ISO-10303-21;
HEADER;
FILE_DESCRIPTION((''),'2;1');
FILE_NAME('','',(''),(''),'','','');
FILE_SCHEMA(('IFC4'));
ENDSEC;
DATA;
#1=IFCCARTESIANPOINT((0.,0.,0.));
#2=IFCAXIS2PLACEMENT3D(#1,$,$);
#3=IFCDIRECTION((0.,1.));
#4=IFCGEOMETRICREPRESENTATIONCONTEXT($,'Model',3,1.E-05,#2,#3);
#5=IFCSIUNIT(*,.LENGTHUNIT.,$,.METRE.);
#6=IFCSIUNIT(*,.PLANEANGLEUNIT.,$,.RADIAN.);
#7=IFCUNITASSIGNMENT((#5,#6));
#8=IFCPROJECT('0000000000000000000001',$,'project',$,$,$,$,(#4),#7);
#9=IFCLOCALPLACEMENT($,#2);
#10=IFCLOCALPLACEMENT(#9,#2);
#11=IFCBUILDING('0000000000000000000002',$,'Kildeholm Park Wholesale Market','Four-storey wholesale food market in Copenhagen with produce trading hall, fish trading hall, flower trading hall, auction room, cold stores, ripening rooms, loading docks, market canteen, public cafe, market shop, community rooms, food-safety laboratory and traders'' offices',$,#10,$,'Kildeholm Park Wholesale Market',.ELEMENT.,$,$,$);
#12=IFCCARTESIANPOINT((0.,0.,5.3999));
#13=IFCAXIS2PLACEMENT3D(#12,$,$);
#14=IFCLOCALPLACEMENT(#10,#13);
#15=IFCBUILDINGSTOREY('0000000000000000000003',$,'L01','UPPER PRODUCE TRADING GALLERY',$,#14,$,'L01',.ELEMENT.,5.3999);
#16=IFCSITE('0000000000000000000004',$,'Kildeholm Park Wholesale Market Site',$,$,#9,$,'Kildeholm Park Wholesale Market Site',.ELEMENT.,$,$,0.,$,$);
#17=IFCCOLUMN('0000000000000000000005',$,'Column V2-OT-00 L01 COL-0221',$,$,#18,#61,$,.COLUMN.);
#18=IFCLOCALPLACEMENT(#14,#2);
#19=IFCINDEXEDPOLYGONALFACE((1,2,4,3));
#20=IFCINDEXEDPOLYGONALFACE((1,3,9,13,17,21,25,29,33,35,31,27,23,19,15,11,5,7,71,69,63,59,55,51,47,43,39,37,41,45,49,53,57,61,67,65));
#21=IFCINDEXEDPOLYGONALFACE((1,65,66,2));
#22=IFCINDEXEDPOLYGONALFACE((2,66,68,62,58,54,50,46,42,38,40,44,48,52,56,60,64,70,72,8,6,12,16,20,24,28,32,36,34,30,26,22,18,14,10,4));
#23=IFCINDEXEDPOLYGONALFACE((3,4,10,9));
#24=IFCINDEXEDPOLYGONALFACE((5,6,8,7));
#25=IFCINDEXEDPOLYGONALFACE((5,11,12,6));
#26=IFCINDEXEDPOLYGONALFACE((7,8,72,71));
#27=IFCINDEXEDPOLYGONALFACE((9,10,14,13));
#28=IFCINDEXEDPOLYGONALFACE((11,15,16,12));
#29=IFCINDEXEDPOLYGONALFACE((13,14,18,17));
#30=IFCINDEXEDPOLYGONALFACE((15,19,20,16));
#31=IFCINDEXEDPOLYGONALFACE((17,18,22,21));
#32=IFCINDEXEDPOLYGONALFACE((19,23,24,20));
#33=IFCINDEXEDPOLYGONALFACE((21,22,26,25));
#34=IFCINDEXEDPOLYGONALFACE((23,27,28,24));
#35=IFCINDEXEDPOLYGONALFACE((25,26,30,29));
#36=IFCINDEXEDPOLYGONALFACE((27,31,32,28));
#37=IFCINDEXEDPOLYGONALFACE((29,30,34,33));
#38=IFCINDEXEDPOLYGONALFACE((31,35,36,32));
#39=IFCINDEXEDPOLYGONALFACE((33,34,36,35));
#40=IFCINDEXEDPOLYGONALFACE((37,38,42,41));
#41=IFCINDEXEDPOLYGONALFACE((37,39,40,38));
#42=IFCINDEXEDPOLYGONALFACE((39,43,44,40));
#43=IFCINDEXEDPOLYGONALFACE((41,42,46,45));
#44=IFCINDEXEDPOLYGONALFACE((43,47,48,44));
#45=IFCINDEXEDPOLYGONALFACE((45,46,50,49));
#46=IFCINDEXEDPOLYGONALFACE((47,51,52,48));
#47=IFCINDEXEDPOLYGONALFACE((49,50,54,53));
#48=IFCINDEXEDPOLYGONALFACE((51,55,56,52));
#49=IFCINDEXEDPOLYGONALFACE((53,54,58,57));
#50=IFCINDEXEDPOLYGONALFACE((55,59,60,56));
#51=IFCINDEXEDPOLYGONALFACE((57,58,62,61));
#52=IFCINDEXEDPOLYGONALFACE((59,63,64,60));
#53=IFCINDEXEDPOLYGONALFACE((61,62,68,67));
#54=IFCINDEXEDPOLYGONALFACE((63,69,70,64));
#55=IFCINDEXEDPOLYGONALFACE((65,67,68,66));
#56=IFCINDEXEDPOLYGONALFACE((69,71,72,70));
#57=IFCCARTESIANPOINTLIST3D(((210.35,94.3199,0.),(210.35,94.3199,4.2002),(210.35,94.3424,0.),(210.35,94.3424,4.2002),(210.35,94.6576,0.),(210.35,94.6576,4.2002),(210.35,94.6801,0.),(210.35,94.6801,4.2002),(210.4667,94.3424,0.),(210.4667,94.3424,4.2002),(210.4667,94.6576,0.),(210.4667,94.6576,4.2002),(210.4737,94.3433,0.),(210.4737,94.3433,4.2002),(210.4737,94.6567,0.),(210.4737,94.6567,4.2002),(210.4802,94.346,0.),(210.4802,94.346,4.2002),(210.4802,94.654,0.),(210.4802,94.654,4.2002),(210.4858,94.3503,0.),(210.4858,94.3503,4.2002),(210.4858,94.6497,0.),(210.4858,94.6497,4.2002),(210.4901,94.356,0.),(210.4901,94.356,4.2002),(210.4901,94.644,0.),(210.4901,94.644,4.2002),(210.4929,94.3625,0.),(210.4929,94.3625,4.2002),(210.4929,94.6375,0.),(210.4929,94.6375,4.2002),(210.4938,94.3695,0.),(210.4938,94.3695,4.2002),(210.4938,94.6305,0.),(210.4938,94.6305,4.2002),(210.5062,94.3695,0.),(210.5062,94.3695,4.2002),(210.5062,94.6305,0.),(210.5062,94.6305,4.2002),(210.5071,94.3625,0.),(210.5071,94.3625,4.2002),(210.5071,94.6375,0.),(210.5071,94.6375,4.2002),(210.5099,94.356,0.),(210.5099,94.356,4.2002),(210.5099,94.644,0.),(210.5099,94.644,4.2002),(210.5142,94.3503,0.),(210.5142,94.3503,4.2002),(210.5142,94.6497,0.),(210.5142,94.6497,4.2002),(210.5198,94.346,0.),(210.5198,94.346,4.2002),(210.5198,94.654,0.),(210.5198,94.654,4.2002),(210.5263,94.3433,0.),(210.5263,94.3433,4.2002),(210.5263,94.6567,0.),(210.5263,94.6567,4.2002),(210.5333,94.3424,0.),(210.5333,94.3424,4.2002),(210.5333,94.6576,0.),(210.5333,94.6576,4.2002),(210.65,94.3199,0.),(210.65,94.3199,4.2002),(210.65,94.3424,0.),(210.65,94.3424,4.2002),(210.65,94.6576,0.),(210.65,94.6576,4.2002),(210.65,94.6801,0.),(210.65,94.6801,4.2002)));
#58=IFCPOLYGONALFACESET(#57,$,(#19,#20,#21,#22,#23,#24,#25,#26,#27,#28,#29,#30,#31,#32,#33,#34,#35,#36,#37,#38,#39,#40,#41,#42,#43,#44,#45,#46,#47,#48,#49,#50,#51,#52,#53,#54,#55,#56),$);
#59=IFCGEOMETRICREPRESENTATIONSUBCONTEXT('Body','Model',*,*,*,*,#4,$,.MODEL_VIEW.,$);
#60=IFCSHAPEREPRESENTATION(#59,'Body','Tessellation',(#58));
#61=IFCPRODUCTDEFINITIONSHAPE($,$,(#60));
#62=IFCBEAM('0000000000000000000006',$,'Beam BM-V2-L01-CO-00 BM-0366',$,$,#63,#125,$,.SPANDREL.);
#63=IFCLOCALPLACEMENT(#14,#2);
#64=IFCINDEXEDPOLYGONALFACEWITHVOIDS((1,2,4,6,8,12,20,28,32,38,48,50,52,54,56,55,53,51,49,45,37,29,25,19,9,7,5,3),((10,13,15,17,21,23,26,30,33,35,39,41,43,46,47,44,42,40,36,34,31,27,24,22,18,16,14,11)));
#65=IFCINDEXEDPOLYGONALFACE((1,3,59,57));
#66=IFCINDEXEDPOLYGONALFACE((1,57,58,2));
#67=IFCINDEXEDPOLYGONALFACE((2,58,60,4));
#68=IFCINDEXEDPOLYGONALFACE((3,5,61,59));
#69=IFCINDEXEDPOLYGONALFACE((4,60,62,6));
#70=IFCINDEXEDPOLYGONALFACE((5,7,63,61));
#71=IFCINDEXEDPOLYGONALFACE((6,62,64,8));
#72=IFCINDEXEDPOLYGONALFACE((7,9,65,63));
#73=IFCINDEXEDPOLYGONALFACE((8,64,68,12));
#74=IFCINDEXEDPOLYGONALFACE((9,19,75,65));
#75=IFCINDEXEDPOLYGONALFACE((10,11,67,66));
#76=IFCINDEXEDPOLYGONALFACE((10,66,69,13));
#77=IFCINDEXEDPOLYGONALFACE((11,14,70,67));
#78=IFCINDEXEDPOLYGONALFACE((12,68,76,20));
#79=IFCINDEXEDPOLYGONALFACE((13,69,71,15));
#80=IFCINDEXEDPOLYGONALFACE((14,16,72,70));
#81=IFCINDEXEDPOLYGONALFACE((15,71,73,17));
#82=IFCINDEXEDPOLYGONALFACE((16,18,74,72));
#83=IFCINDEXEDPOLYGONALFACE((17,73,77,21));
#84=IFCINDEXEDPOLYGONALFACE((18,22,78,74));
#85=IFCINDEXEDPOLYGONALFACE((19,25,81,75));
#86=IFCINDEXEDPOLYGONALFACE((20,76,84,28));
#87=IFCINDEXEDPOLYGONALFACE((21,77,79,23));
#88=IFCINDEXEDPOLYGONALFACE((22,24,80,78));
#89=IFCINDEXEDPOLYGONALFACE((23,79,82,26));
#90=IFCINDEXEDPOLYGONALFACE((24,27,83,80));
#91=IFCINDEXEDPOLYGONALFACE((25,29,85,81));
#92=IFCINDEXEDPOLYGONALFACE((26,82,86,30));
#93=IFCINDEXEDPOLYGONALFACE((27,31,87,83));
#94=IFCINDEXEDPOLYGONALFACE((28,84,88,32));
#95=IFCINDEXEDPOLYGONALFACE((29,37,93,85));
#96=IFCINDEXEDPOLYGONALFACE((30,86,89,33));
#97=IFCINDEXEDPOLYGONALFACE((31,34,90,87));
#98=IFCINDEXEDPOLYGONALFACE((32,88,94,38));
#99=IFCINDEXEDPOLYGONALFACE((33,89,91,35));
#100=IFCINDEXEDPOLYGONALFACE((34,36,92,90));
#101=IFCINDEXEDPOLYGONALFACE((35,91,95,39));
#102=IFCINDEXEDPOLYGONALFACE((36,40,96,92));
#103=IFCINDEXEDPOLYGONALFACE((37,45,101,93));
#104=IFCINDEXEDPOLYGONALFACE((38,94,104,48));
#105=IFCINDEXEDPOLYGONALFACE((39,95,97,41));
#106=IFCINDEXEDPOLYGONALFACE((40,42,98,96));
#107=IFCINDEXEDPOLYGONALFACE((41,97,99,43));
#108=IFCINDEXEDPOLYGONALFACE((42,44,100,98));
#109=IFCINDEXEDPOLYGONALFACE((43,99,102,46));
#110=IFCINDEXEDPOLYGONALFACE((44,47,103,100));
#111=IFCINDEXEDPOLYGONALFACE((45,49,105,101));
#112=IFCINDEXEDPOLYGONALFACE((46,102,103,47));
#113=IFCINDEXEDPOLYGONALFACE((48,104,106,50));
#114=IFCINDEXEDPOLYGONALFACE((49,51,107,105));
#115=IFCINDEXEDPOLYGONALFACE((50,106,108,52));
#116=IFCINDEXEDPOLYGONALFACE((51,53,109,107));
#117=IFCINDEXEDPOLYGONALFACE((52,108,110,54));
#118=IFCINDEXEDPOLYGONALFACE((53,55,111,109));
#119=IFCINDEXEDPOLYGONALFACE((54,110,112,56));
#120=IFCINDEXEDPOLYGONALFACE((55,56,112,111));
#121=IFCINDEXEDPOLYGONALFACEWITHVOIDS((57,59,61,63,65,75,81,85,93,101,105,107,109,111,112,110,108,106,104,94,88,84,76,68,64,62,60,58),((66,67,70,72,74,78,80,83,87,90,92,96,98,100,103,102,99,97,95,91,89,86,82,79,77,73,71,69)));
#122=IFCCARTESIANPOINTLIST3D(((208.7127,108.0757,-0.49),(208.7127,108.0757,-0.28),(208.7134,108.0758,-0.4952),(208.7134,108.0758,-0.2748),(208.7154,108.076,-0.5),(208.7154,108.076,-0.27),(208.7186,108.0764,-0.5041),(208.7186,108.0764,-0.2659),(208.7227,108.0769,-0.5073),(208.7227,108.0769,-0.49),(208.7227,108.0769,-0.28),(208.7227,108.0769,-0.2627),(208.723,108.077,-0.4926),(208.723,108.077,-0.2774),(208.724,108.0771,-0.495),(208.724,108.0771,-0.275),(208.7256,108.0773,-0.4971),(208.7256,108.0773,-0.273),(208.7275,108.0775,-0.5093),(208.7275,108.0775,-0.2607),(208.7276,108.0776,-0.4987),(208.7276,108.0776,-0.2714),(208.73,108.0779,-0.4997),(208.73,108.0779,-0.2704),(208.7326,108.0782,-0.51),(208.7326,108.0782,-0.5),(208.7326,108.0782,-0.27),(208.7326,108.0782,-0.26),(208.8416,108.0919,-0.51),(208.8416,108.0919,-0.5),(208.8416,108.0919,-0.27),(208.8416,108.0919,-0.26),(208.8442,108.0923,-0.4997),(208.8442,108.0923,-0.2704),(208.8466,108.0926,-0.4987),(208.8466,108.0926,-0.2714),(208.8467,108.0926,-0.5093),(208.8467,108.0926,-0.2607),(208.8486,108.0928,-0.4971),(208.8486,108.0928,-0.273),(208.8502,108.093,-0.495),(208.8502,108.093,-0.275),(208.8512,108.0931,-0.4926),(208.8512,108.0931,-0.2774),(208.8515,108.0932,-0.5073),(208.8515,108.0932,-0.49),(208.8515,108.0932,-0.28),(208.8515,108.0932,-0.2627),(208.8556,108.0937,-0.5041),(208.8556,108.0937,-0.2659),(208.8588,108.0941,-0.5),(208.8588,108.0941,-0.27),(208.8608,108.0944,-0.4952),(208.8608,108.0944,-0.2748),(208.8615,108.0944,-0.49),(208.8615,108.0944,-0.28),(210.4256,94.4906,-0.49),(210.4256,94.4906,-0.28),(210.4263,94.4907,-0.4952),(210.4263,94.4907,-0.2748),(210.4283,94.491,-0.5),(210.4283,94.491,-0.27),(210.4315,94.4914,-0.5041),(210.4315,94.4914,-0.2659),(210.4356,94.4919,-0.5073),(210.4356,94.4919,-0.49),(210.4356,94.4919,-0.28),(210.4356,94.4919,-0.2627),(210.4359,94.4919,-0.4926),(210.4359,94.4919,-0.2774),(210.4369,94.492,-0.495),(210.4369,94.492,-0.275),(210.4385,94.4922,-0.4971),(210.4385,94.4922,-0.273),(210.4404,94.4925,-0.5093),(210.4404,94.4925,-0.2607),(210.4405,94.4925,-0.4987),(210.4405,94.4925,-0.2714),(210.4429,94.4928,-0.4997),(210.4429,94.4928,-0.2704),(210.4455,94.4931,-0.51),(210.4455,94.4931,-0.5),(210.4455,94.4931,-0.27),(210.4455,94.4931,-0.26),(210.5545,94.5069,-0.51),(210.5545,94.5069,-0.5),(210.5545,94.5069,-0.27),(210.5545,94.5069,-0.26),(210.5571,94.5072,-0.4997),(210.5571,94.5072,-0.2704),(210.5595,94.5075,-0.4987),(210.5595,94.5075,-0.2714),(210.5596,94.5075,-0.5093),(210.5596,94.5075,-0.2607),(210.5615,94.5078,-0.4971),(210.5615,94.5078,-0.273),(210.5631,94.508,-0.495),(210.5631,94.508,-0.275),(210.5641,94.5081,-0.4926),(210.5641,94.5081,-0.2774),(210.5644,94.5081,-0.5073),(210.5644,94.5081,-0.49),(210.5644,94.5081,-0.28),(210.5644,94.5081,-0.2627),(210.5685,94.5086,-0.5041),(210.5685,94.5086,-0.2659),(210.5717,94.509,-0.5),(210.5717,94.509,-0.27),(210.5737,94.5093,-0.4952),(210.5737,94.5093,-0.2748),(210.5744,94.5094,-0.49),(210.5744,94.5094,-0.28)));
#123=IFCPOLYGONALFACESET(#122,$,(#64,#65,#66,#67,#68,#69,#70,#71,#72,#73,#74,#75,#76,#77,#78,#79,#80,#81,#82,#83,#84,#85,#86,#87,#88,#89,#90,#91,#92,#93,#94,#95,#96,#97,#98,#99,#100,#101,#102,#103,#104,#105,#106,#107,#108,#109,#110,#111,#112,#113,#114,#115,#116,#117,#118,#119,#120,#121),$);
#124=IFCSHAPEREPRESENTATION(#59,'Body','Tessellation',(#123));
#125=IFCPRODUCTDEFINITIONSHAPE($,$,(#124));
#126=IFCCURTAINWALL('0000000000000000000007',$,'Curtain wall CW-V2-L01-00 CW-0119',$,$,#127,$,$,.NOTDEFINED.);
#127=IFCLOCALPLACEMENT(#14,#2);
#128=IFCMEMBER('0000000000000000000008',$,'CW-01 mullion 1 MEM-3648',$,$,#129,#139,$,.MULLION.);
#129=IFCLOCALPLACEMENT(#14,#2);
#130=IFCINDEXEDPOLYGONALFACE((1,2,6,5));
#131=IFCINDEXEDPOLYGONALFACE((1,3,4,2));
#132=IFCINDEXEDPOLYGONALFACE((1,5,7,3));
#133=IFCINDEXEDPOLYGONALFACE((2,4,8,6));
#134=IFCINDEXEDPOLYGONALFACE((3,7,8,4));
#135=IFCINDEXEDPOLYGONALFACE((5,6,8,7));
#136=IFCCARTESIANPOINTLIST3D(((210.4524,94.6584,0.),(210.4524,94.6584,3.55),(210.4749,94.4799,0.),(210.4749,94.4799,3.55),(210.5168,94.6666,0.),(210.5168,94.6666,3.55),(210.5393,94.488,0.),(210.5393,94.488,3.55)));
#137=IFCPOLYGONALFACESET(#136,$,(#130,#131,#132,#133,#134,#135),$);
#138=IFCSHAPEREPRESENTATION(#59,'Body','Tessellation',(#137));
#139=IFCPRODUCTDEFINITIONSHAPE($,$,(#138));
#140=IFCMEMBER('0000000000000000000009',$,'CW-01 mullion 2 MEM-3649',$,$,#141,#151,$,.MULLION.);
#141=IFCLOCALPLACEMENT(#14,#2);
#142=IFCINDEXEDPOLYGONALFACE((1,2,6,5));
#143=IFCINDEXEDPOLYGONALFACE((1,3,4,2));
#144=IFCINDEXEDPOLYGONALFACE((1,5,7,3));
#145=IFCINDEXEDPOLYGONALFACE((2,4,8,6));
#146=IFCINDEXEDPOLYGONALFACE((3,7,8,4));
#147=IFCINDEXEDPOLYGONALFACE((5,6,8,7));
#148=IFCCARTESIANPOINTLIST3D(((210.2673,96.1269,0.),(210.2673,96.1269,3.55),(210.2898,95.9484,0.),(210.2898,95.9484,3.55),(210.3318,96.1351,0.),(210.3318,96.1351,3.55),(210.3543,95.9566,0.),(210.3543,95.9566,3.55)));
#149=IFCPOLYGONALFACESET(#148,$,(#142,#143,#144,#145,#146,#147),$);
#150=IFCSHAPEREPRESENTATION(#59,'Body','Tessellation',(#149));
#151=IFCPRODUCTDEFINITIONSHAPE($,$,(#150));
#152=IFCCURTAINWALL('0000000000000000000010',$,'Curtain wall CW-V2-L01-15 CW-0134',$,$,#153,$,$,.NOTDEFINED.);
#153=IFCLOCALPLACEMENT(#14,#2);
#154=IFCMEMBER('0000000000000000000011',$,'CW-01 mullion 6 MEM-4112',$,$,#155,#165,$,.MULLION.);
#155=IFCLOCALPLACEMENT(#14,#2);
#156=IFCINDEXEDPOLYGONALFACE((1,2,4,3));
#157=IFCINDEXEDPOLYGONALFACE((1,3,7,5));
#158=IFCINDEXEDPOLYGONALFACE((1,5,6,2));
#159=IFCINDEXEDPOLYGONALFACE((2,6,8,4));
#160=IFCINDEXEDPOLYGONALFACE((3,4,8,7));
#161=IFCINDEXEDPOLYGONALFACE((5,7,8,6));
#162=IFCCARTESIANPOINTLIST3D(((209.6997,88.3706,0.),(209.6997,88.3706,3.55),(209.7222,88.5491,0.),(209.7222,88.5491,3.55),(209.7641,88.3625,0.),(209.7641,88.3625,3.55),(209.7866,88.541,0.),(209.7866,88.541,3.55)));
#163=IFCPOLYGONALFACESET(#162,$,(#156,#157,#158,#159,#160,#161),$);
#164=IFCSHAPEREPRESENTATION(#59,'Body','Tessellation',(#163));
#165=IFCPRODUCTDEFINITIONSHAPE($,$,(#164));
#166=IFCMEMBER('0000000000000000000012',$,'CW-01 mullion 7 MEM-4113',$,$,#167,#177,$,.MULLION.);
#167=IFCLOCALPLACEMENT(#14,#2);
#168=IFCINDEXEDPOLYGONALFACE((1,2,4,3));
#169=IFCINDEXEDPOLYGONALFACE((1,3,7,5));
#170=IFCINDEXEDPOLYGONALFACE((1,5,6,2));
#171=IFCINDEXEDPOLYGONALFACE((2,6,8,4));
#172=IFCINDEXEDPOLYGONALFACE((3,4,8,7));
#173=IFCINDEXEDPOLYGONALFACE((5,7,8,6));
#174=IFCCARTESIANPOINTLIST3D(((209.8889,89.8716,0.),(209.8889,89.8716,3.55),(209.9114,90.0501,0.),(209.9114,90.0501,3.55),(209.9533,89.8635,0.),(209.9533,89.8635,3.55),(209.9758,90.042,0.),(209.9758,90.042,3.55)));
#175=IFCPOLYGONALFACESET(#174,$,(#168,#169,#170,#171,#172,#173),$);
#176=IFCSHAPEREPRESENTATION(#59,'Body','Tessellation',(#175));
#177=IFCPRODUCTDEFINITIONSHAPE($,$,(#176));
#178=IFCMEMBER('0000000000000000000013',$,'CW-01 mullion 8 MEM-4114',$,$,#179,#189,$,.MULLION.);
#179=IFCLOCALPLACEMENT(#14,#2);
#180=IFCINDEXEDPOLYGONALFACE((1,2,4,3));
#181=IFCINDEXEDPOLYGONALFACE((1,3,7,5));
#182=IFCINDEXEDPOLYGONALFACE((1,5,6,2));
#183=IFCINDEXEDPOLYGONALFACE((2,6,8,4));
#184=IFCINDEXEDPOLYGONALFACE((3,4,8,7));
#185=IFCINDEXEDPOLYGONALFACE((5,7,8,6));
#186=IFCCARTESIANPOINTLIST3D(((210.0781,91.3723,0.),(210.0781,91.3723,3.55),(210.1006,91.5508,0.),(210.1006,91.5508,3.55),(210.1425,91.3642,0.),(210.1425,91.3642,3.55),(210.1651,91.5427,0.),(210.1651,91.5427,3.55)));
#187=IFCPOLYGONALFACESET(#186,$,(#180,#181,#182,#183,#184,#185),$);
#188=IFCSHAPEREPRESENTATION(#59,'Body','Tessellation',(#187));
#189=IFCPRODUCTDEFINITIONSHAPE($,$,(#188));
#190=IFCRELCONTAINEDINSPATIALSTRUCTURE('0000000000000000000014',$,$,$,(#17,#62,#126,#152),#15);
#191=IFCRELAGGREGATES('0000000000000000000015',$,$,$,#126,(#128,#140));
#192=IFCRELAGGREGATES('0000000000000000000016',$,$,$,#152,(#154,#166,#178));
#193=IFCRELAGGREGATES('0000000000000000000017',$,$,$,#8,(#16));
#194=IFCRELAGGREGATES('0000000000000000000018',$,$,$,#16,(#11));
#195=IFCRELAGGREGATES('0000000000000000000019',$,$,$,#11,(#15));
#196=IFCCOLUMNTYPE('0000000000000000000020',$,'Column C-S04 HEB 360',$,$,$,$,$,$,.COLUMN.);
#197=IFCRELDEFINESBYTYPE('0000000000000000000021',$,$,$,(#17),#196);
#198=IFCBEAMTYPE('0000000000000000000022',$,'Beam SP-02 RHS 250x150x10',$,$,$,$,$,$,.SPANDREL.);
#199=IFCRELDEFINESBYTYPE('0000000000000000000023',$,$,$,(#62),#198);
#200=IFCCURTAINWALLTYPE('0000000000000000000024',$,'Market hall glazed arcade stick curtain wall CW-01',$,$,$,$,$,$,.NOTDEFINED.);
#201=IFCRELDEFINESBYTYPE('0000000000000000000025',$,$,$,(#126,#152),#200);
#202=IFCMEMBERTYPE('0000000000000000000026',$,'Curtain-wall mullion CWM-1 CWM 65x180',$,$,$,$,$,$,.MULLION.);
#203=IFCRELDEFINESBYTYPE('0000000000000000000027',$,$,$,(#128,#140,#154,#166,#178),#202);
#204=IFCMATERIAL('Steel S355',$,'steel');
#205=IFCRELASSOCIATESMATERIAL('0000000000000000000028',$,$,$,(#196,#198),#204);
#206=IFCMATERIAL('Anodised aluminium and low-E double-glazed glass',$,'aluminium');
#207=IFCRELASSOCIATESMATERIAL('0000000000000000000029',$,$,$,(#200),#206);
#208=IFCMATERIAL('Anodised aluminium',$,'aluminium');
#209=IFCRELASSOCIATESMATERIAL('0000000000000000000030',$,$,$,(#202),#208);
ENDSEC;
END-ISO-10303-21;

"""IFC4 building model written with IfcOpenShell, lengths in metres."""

from ifc_helpers import new_model, si_unit, direction, frame, origin, origin_2d, place, context, subcontext, project, spatial, rectangle, hollow_rectangle, i_section, extrude, material, material_profile, profile_set, type_object, element, aggregate, save


model = new_model("IFC4")

# Units and contexts
model_context = context("Model", 3, precision=1e-05, world=origin(), true_north=direction((0.0, 1.0)))
body_context = subcontext(model_context, "Body", "Model", "MODEL_VIEW")
ifc_project = project(units=[si_unit("LENGTHUNIT", "METRE"), si_unit("PLANEANGLEUNIT", "RADIAN")], contexts=[model_context])

# Site, building, storey
site_placement = place(None, origin())
site = spatial("IfcSite", under=ifc_project, at=site_placement, Name="Kildeholm Park Wholesale Market Site", LongName="Kildeholm Park Wholesale Market Site", CompositionType="ELEMENT", RefElevation=0.0)
building_placement = place(site_placement, origin())
building = spatial("IfcBuilding", under=site, at=building_placement, Name="Kildeholm Park Wholesale Market", Description="Four-storey wholesale food market in Copenhagen with produce trading hall, fish trading hall, flower trading hall, auction room, cold stores, ripening rooms, loading docks, market canteen, public cafe, market shop, community rooms, food-safety laboratory and traders' offices", LongName="Kildeholm Park Wholesale Market", CompositionType="ELEMENT")
storey_placement = place(building_placement, frame((0.0, 0.0, 5.3999)))
storey = spatial("IfcBuildingStorey", under=building, at=storey_placement, Name="L01", Description="UPPER PRODUCE TRADING GALLERY", LongName="L01", CompositionType="ELEMENT", Elevation=5.3999)

# Column
ifc_material_1 = material(Name="Steel S355", Category="steel")
ifc_material_profile_1 = material_profile(ifc_material_1, i_section(OverallWidth=0.3, OverallDepth=0.3601, WebThickness=0.0125, FlangeThickness=0.0225, FilletRadius=0.0271, at=origin_2d()), Name="HEB 360")
ifc_profile_set_1 = profile_set([ifc_material_profile_1], Name="Steel S355")
column_type = type_object("IfcColumnType", Name="Column C-S04 HEB 360", PredefinedType="COLUMN", material=ifc_profile_set_1)
column_placement = place(storey_placement, frame((210.5, 94.5, 0.0), z_axis=(0.0, 0.0, 1.0), x_axis=(1.0, 0.0, 0.0)))
element("IfcColumn", 1, at=column_placement, inside=storey, type_object=column_type, Name="Column V2-OT-00 L01 COL-0221", PredefinedType="COLUMN", context=body_context, shape_type="SweptSolid", body=[
    extrude(i_section(OverallWidth=0.3, OverallDepth=0.3601, WebThickness=0.0125, FlangeThickness=0.0225, FilletRadius=0.0271, at=origin_2d()), origin(), (0.0, 0.0, 1.0), 4.2002),
])

# Beam
ifc_material_profile_2 = material_profile(ifc_material_1, hollow_rectangle(XDim=0.1499, YDim=0.25, WallThickness=0.01, InnerFilletRadius=0.01, OuterFilletRadius=0.02, at=origin_2d()), Name="RHS 250x150x10")
ifc_profile_set_2 = profile_set([ifc_material_profile_2], Name="Steel S355")
beam_type = type_object("IfcBeamType", Name="Beam SP-02 RHS 250x150x10", PredefinedType="SPANDREL", material=ifc_profile_set_2)
beam_placement = place(storey_placement, frame((210.5, 94.5, -0.385), z_axis=(-0.125097, 0.992145, 0.0), x_axis=(-0.992145, -0.125097, 0.0)))
element("IfcBeam", 2, at=beam_placement, inside=storey, type_object=beam_type, Name="Beam BM-V2-L01-CO-00 BM-0366", PredefinedType="SPANDREL", context=body_context, shape_type="SweptSolid", body=[
    extrude(hollow_rectangle(XDim=0.1499, YDim=0.25, WallThickness=0.01, InnerFilletRadius=0.01, OuterFilletRadius=0.02, at=origin_2d()), origin(), (0.0, 0.0, 1.0), 13.6926),
])

# Curtain walls, members
ifc_material_2 = material(Name="Anodised aluminium and low-E double-glazed glass", Category="aluminium")
curtain_wall_type = type_object("IfcCurtainWallType", Name="Market hall glazed arcade stick curtain wall CW-01", PredefinedType="NOTDEFINED", material=ifc_material_2)
curtain_wall_1_placement = place(storey_placement, origin())
curtain_wall_1 = element("IfcCurtainWall", 3, at=curtain_wall_1_placement, inside=storey, type_object=curtain_wall_type, Name="Curtain wall CW-V2-L01-00 CW-0119", PredefinedType="NOTDEFINED")
ifc_material_3 = material(Name="Anodised aluminium", Category="aluminium")
ifc_material_profile_3 = material_profile(ifc_material_3, rectangle(XDim=0.0649, YDim=0.1799, at=origin_2d()), Name="CWM 65x180")
ifc_profile_set_3 = profile_set([ifc_material_profile_3], Name="Anodised aluminium")
member_type_1 = type_object("IfcMemberType", Name="Curtain-wall mullion CWM-1 CWM 65x180", PredefinedType="MULLION", material=ifc_profile_set_3)
member_1_placement = place(storey_placement, frame((210.4958, 94.5732, 0.0), z_axis=(0.0, 0.0, 1.0), x_axis=(-0.992145, -0.125092, 0.0)))
member_1 = element("IfcMember", 4, at=member_1_placement, type_object=member_type_1, Name="CW-01 mullion 1 MEM-3648", PredefinedType="MULLION", context=body_context, shape_type="SweptSolid", body=[
    extrude(rectangle(XDim=0.0649, YDim=0.1799, at=origin_2d()), origin(), (0.0, 0.0, 1.0), 3.55),
])
member_2_placement = place(storey_placement, frame((210.3108, 96.0417, 0.0), z_axis=(0.0, 0.0, 1.0), x_axis=(-0.992145, -0.125092, 0.0)))
member_2 = element("IfcMember", 5, at=member_2_placement, type_object=member_type_1, Name="CW-01 mullion 2 MEM-3649", PredefinedType="MULLION", context=body_context, shape_type="SweptSolid", body=[
    extrude(rectangle(XDim=0.0649, YDim=0.1799, at=origin_2d()), origin(), (0.0, 0.0, 1.0), 3.55),
])
curtain_wall_2_placement = place(storey_placement, origin())
curtain_wall_2 = element("IfcCurtainWall", 6, at=curtain_wall_2_placement, inside=storey, type_object=curtain_wall_type, Name="Curtain wall CW-V2-L01-15 CW-0134", PredefinedType="NOTDEFINED")
member_3_placement = place(storey_placement, frame((209.7432, 88.4558, 0.0), z_axis=(0.0, 0.0, 1.0), x_axis=(-0.992145, 0.125092, 0.0)))
member_3 = element("IfcMember", 7, at=member_3_placement, type_object=member_type_1, Name="CW-01 mullion 6 MEM-4112", PredefinedType="MULLION", context=body_context, shape_type="SweptSolid", body=[
    extrude(rectangle(XDim=0.0649, YDim=0.1799, at=origin_2d()), origin(), (0.0, 0.0, 1.0), 3.55),
])
member_4_placement = place(storey_placement, frame((209.9324, 89.9568, 0.0), z_axis=(0.0, 0.0, 1.0), x_axis=(-0.992145, 0.125092, 0.0)))
member_4 = element("IfcMember", 8, at=member_4_placement, type_object=member_type_1, Name="CW-01 mullion 7 MEM-4113", PredefinedType="MULLION", context=body_context, shape_type="SweptSolid", body=[
    extrude(rectangle(XDim=0.0649, YDim=0.1799, at=origin_2d()), origin(), (0.0, 0.0, 1.0), 3.55),
])
member_5_placement = place(storey_placement, frame((210.1216, 91.4575, 0.0), z_axis=(0.0, 0.0, 1.0), x_axis=(-0.992145, 0.125092, 0.0)))
member_5 = element("IfcMember", 9, at=member_5_placement, type_object=member_type_1, Name="CW-01 mullion 8 MEM-4114", PredefinedType="MULLION", context=body_context, shape_type="SweptSolid", body=[
    extrude(rectangle(XDim=0.0649, YDim=0.1799, at=origin_2d()), origin(), (0.0, 0.0, 1.0), 3.55),
])

aggregate(curtain_wall_1, [member_1, member_2])
aggregate(curtain_wall_2, [member_3, member_4, member_5])

save(model, "model.ifc")
